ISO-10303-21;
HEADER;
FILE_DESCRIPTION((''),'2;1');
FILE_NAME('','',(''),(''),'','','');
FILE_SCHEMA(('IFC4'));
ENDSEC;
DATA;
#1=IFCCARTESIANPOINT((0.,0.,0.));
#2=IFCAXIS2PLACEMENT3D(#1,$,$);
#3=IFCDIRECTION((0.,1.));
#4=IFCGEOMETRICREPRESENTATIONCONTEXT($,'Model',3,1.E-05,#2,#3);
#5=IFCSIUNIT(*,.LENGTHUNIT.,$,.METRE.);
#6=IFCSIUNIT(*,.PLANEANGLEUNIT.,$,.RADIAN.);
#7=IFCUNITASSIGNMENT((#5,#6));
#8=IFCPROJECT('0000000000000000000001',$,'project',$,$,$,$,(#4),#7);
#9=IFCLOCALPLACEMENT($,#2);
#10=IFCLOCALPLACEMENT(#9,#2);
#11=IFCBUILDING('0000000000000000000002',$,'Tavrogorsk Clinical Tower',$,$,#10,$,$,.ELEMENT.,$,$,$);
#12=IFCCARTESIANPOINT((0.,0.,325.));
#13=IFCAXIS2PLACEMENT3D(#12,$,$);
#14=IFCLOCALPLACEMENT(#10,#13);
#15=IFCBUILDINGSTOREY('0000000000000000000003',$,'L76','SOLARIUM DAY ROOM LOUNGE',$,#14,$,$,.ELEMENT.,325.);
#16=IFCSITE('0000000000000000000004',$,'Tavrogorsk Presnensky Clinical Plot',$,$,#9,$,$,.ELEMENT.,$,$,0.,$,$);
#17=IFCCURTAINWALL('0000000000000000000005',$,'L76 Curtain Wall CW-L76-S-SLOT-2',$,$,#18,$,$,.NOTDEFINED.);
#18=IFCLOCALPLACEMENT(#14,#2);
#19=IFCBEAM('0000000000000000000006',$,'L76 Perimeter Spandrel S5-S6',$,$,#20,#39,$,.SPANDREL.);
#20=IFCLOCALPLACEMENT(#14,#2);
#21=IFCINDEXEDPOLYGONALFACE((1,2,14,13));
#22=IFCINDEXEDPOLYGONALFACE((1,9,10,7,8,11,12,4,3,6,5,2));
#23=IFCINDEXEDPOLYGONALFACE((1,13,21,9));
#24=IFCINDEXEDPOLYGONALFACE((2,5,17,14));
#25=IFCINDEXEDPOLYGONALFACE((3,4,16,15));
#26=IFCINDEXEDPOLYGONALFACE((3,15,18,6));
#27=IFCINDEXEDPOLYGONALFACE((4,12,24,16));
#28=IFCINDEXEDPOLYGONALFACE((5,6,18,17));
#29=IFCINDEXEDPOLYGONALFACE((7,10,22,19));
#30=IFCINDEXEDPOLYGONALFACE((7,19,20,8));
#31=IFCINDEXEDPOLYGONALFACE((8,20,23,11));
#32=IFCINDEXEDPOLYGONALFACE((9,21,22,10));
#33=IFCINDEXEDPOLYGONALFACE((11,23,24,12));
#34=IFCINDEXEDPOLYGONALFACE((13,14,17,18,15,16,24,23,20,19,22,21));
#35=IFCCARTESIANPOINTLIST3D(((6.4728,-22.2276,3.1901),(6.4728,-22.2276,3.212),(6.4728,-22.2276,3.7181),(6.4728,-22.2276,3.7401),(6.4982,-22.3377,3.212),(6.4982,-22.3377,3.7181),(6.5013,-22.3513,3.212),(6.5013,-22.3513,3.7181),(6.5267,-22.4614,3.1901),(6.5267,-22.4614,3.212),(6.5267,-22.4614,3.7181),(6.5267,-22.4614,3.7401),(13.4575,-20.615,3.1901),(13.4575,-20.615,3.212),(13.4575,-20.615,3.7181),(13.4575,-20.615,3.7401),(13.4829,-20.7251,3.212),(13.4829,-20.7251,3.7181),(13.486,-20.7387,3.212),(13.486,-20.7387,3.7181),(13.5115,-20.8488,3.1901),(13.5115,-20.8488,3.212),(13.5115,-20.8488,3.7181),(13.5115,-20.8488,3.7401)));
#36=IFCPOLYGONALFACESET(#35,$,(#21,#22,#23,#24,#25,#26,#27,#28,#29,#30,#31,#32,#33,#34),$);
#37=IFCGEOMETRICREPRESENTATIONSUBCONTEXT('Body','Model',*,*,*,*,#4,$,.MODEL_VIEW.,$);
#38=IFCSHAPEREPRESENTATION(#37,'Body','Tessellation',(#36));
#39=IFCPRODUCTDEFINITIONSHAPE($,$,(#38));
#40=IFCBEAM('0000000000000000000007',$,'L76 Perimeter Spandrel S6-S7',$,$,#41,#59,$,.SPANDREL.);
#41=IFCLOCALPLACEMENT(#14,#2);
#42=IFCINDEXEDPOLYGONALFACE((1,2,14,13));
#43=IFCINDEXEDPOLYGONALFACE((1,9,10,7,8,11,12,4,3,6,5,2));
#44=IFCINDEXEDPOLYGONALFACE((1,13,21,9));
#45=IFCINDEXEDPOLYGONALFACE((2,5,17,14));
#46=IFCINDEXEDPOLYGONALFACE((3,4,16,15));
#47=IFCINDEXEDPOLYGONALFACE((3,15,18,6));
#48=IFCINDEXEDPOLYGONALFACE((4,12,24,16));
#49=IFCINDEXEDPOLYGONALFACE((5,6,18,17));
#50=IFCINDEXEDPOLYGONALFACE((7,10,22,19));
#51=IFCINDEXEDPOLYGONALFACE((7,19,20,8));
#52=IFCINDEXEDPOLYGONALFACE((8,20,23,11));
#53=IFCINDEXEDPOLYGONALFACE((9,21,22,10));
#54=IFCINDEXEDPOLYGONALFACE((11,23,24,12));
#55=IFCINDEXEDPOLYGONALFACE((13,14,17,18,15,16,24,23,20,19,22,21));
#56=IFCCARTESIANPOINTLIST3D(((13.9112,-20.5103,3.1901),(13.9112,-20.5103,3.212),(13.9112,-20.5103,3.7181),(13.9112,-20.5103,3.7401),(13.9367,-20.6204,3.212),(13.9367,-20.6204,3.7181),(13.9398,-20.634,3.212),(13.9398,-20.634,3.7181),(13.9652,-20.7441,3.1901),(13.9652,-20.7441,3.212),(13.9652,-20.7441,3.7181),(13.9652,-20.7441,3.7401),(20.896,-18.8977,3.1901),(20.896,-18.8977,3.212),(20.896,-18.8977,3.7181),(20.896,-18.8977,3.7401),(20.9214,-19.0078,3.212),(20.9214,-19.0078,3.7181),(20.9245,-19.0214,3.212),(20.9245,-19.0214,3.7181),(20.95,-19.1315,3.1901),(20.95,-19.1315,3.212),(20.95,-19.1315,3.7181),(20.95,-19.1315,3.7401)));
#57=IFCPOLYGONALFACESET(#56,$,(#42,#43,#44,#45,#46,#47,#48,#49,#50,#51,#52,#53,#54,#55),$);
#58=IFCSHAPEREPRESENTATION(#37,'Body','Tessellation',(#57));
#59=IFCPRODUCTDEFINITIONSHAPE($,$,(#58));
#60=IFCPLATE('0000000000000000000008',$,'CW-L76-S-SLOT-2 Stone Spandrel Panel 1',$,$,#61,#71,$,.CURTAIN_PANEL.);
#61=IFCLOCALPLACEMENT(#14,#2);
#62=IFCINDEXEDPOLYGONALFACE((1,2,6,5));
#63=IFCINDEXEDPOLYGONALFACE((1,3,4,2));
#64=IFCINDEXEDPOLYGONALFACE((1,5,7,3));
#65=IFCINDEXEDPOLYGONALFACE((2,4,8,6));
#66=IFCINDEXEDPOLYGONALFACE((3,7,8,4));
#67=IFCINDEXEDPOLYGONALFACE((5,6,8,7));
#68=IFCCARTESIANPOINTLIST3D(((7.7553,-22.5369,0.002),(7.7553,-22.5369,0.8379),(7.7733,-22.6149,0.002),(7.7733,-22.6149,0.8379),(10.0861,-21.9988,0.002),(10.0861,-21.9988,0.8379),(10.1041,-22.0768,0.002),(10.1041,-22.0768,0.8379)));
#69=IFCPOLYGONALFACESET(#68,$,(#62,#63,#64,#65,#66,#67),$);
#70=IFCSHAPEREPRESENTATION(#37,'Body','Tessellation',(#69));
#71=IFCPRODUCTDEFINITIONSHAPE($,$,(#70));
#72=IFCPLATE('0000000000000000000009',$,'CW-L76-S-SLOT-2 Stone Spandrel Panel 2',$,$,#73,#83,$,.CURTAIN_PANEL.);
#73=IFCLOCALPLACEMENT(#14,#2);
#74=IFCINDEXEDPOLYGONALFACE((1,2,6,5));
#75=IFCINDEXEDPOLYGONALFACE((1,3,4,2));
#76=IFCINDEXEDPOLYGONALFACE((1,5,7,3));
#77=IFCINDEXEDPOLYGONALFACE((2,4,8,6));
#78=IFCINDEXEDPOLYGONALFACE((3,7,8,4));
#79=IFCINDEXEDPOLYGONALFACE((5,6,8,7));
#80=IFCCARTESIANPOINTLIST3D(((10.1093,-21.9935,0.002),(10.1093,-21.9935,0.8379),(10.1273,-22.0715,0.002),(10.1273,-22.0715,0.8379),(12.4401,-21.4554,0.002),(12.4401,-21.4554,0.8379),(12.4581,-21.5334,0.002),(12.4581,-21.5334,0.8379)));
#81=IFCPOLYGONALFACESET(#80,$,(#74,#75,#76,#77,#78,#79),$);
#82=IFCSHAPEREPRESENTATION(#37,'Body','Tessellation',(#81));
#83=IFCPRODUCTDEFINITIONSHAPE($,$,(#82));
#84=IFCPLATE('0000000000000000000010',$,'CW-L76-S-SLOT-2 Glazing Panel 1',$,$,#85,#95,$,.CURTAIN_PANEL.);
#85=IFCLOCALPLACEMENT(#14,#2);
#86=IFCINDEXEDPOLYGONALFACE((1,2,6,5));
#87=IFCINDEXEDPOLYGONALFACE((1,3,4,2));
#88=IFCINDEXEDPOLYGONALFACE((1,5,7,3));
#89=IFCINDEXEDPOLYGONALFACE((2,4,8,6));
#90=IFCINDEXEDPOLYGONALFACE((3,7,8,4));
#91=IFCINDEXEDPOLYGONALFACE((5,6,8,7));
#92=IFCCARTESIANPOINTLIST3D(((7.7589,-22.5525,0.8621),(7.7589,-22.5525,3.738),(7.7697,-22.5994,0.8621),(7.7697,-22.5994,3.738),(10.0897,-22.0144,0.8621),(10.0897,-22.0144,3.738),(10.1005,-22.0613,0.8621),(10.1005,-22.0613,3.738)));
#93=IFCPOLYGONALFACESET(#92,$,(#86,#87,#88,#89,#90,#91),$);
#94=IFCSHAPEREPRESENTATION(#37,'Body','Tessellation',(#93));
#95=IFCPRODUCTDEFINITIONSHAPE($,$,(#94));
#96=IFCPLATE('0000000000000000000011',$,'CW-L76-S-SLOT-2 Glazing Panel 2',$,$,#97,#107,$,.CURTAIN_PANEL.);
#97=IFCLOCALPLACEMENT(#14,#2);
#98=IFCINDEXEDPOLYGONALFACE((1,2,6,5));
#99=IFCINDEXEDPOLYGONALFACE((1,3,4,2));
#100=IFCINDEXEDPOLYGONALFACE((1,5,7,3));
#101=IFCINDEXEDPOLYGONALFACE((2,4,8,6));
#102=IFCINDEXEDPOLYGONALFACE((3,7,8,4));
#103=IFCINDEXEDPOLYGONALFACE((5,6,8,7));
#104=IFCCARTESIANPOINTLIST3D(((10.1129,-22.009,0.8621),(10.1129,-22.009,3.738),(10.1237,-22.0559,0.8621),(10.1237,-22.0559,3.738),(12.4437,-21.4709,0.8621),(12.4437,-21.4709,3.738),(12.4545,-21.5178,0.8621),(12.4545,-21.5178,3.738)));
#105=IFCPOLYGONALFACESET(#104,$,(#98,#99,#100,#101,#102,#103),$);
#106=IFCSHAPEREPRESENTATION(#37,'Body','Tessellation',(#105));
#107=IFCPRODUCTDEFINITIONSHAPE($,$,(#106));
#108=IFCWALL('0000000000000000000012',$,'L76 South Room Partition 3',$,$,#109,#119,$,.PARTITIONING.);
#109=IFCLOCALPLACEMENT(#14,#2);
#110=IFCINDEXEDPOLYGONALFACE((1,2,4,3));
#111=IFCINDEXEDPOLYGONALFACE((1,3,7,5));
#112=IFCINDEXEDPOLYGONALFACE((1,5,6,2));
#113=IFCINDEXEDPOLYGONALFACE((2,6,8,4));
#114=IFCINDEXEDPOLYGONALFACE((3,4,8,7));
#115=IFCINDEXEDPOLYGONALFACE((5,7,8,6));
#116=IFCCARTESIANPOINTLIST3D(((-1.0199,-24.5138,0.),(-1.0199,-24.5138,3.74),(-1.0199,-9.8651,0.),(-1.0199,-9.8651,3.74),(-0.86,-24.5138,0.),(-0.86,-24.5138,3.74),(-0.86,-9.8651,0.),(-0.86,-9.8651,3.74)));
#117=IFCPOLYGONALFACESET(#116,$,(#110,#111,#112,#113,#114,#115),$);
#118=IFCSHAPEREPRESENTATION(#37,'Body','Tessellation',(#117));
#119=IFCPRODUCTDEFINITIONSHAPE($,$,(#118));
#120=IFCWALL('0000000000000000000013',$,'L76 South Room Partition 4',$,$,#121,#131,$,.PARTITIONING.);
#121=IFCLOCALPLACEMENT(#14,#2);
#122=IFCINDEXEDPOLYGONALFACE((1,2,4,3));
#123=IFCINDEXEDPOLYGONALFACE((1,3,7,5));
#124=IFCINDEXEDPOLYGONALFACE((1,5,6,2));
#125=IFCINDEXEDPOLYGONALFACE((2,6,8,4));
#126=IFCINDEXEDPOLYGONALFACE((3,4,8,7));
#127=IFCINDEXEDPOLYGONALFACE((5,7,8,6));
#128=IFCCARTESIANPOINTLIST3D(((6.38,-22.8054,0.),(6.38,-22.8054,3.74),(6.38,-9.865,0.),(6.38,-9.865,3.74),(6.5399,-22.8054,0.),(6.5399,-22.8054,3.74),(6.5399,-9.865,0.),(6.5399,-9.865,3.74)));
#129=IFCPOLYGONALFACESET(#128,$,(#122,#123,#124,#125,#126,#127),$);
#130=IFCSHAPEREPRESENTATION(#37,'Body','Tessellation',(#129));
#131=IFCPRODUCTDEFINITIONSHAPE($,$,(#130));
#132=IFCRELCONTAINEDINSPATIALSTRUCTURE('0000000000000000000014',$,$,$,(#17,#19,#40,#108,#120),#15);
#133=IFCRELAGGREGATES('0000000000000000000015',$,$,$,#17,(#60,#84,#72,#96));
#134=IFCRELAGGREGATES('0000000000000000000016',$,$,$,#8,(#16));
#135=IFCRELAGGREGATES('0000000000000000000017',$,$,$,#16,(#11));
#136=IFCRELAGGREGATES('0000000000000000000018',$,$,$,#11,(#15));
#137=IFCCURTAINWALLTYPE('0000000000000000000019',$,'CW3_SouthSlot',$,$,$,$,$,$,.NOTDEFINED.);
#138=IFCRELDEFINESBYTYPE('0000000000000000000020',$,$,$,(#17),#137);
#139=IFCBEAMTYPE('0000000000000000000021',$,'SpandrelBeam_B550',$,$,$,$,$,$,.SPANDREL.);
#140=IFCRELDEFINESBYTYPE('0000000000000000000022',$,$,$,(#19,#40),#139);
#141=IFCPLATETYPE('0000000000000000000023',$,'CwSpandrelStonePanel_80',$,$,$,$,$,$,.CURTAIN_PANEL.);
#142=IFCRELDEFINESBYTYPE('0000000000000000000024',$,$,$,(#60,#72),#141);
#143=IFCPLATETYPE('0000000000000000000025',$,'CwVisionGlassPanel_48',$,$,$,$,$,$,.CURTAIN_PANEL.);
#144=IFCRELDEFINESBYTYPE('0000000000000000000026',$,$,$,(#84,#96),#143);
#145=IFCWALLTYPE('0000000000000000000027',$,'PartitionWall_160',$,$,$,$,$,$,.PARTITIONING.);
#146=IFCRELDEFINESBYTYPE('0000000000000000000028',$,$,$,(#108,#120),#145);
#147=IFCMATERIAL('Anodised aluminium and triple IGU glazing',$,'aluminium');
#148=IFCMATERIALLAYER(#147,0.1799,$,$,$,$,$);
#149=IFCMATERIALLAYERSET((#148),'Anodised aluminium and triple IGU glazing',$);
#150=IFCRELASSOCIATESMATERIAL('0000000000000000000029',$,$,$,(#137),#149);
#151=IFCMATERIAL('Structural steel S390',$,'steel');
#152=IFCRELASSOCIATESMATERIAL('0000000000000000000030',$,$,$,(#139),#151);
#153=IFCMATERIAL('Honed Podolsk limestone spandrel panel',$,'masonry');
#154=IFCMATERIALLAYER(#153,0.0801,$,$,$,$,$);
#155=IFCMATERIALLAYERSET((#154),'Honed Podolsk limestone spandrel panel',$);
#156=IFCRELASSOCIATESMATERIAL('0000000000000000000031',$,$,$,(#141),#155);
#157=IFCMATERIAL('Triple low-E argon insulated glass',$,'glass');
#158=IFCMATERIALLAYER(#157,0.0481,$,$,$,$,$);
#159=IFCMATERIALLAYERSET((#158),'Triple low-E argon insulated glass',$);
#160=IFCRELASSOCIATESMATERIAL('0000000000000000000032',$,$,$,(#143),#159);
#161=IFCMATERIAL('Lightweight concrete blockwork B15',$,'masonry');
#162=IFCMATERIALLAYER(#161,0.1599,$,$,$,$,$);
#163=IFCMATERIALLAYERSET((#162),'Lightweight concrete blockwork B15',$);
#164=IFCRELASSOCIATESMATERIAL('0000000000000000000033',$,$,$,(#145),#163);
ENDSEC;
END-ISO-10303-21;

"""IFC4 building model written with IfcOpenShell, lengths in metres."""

from ifc_helpers import new_model, si_unit, direction, frame, frame_2d, origin, origin_2d, place, context, subcontext, project, spatial, rectangle, i_section, extrude, material, layer, layer_set, material_profile, profile_set, type_object, element, aggregate, save


model = new_model("IFC4")

# Units and contexts
model_context = context("Model", 3, precision=1e-05, world=origin(), true_north=direction((0.0, 1.0)))
body_context = subcontext(model_context, "Body", "Model", "MODEL_VIEW")
ifc_project = project(units=[si_unit("LENGTHUNIT", "METRE"), si_unit("PLANEANGLEUNIT", "RADIAN")], contexts=[model_context])

# Site, building, storey
site_placement = place(None, origin())
site = spatial("IfcSite", under=ifc_project, at=site_placement, Name="Tavrogorsk Presnensky Clinical Plot", CompositionType="ELEMENT", RefElevation=0.0)
building_placement = place(site_placement, origin())
building = spatial("IfcBuilding", under=site, at=building_placement, Name="Tavrogorsk Clinical Tower", CompositionType="ELEMENT")
storey_placement = place(building_placement, frame((0.0, 0.0, 325.0)))
storey = spatial("IfcBuildingStorey", under=building, at=storey_placement, Name="L76", Description="SOLARIUM DAY ROOM LOUNGE", CompositionType="ELEMENT", Elevation=325.0)

# Curtain wall
ifc_material_1 = material(Name="Anodised aluminium and triple IGU glazing", Category="aluminium")
ifc_layer_1 = layer(ifc_material_1, 0.1799)
ifc_layer_set_1 = layer_set([ifc_layer_1], Name="Anodised aluminium and triple IGU glazing")
curtain_wall_type = type_object("IfcCurtainWallType", Name="CW3_SouthSlot", PredefinedType="NOTDEFINED", material=ifc_layer_set_1)
curtain_wall_placement = place(storey_placement, origin())
curtain_wall = element("IfcCurtainWall", 1, at=curtain_wall_placement, inside=storey, type_object=curtain_wall_type, Name="L76 Curtain Wall CW-L76-S-SLOT-2", PredefinedType="NOTDEFINED")

# Beams
ifc_material_2 = material(Name="Structural steel S390", Category="steel")
ifc_material_profile_1 = material_profile(ifc_material_2, i_section(OverallWidth=0.24, OverallDepth=0.55, WebThickness=0.0139, FlangeThickness=0.022, at=origin_2d()), Name="B-550x240x14x22")
ifc_profile_set_1 = profile_set([ifc_material_profile_1], Name="Structural steel S390")
beam_type = type_object("IfcBeamType", Name="SpandrelBeam_B550", PredefinedType="SPANDREL", material=ifc_profile_set_1)
for number, where, z_axis, x_axis, name in (
    (2, (6.4998, -22.3445, 3.4651), (0.974369, 0.224954, 0.0), (-0.224954, 0.974369, 0.0), "L76 Perimeter Spandrel S5-S6"),
    (3, (13.9382, -20.6272, 3.4651), (0.974369, 0.224954, 0.0), (-0.224954, 0.974369, 0.0), "L76 Perimeter Spandrel S6-S7"),
):
    element("IfcBeam", number, at=place(storey_placement, frame(where, z_axis=z_axis, x_axis=x_axis)), inside=storey, type_object=beam_type, Name=name, PredefinedType="SPANDREL", context=body_context, shape_type="SweptSolid", body=[
        extrude(i_section(OverallWidth=0.24, OverallDepth=0.55, WebThickness=0.0139, FlangeThickness=0.022, at=origin_2d()), origin(), (0.0, 0.0, 1.0), 7.1685),
    ])

# Plates
ifc_material_3 = material(Name="Honed Podolsk limestone spandrel panel", Category="masonry")
ifc_layer_2 = layer(ifc_material_3, 0.0801)
ifc_layer_set_2 = layer_set([ifc_layer_2], Name="Honed Podolsk limestone spandrel panel")
plate_type_1 = type_object("IfcPlateType", Name="CwSpandrelStonePanel_80", PredefinedType="CURTAIN_PANEL", material=ifc_layer_set_2)
plate_1_placement = place(storey_placement, frame((8.9297, -22.3069, 0.002), z_axis=(0.0, 0.0, 1.0), x_axis=(0.97437, 0.224951, 0.0)))
plate_1 = element("IfcPlate", 4, at=plate_1_placement, type_object=plate_type_1, Name="CW-L76-S-SLOT-2 Stone Spandrel Panel 1", PredefinedType="CURTAIN_PANEL", context=body_context, shape_type="SweptSolid", body=[
    extrude(rectangle(XDim=2.3921, YDim=0.0801, at=origin_2d()), origin(), (0.0, 0.0, 1.0), 0.8359),
])
plate_2_placement = place(storey_placement, frame((11.2837, -21.7634, 0.002), z_axis=(0.0, 0.0, 1.0), x_axis=(0.97437, 0.224951, 0.0)))
plate_2 = element("IfcPlate", 5, at=plate_2_placement, type_object=plate_type_1, Name="CW-L76-S-SLOT-2 Stone Spandrel Panel 2", PredefinedType="CURTAIN_PANEL", context=body_context, shape_type="SweptSolid", body=[
    extrude(rectangle(XDim=2.3921, YDim=0.0801, at=origin_2d()), origin(), (0.0, 0.0, 1.0), 0.8359),
])
ifc_material_4 = material(Name="Triple low-E argon insulated glass", Category="glass")
ifc_layer_3 = layer(ifc_material_4, 0.0481)
ifc_layer_set_3 = layer_set([ifc_layer_3], Name="Triple low-E argon insulated glass")
plate_type_2 = type_object("IfcPlateType", Name="CwVisionGlassPanel_48", PredefinedType="CURTAIN_PANEL", material=ifc_layer_set_3)
plate_3_placement = place(storey_placement, frame((8.9297, -22.3069, 0.8621), z_axis=(0.0, 0.0, 1.0), x_axis=(0.97437, 0.224951, 0.0)))
plate_3 = element("IfcPlate", 6, at=plate_3_placement, type_object=plate_type_2, Name="CW-L76-S-SLOT-2 Glazing Panel 1", PredefinedType="CURTAIN_PANEL", context=body_context, shape_type="SweptSolid", body=[
    extrude(rectangle(XDim=2.3921, YDim=0.0481, at=origin_2d()), origin(), (0.0, 0.0, 1.0), 2.876),
])
plate_4_placement = place(storey_placement, frame((11.2837, -21.7634, 0.8621), z_axis=(0.0, 0.0, 1.0), x_axis=(0.97437, 0.224951, 0.0)))
plate_4 = element("IfcPlate", 7, at=plate_4_placement, type_object=plate_type_2, Name="CW-L76-S-SLOT-2 Glazing Panel 2", PredefinedType="CURTAIN_PANEL", context=body_context, shape_type="SweptSolid", body=[
    extrude(rectangle(XDim=2.3921, YDim=0.0481, at=origin_2d()), origin(), (0.0, 0.0, 1.0), 2.876),
])
aggregate(curtain_wall, [plate_1, plate_3, plate_2, plate_4])

# Walls
ifc_material_5 = material(Name="Lightweight concrete blockwork B15", Category="masonry")
ifc_layer_4 = layer(ifc_material_5, 0.1599)
ifc_layer_set_4 = layer_set([ifc_layer_4], Name="Lightweight concrete blockwork B15")
wall_type_1 = type_object("IfcWallType", Name="PartitionWall_160", PredefinedType="PARTITIONING", material=ifc_layer_set_4)
wall_1_placement = place(storey_placement, frame((-0.9399, -24.5137, 0.0), z_axis=(0.0, 0.0, 1.0), x_axis=(0.0, 1.0, 0.0)))
element("IfcWall", 8, at=wall_1_placement, inside=storey, type_object=wall_type_1, Name="L76 South Room Partition 3", PredefinedType="PARTITIONING", context=body_context, shape_type="SweptSolid", body=[
    extrude(rectangle(XDim=14.6487, YDim=0.1599, at=frame_2d((7.3242, 0.0))), origin(), (0.0, 0.0, 1.0), 3.74),
])
wall_2_placement = place(storey_placement, frame((6.46, -22.8054, 0.0), z_axis=(0.0, 0.0, 1.0), x_axis=(0.0, 1.0, 0.0)))
element("IfcWall", 9, at=wall_2_placement, inside=storey, type_object=wall_type_1, Name="L76 South Room Partition 4", PredefinedType="PARTITIONING", context=body_context, shape_type="SweptSolid", body=[
    extrude(rectangle(XDim=12.9404, YDim=0.1599, at=frame_2d((6.4702, 0.0))), origin(), (0.0, 0.0, 1.0), 3.74),
])

save(model, "model.ifc")
